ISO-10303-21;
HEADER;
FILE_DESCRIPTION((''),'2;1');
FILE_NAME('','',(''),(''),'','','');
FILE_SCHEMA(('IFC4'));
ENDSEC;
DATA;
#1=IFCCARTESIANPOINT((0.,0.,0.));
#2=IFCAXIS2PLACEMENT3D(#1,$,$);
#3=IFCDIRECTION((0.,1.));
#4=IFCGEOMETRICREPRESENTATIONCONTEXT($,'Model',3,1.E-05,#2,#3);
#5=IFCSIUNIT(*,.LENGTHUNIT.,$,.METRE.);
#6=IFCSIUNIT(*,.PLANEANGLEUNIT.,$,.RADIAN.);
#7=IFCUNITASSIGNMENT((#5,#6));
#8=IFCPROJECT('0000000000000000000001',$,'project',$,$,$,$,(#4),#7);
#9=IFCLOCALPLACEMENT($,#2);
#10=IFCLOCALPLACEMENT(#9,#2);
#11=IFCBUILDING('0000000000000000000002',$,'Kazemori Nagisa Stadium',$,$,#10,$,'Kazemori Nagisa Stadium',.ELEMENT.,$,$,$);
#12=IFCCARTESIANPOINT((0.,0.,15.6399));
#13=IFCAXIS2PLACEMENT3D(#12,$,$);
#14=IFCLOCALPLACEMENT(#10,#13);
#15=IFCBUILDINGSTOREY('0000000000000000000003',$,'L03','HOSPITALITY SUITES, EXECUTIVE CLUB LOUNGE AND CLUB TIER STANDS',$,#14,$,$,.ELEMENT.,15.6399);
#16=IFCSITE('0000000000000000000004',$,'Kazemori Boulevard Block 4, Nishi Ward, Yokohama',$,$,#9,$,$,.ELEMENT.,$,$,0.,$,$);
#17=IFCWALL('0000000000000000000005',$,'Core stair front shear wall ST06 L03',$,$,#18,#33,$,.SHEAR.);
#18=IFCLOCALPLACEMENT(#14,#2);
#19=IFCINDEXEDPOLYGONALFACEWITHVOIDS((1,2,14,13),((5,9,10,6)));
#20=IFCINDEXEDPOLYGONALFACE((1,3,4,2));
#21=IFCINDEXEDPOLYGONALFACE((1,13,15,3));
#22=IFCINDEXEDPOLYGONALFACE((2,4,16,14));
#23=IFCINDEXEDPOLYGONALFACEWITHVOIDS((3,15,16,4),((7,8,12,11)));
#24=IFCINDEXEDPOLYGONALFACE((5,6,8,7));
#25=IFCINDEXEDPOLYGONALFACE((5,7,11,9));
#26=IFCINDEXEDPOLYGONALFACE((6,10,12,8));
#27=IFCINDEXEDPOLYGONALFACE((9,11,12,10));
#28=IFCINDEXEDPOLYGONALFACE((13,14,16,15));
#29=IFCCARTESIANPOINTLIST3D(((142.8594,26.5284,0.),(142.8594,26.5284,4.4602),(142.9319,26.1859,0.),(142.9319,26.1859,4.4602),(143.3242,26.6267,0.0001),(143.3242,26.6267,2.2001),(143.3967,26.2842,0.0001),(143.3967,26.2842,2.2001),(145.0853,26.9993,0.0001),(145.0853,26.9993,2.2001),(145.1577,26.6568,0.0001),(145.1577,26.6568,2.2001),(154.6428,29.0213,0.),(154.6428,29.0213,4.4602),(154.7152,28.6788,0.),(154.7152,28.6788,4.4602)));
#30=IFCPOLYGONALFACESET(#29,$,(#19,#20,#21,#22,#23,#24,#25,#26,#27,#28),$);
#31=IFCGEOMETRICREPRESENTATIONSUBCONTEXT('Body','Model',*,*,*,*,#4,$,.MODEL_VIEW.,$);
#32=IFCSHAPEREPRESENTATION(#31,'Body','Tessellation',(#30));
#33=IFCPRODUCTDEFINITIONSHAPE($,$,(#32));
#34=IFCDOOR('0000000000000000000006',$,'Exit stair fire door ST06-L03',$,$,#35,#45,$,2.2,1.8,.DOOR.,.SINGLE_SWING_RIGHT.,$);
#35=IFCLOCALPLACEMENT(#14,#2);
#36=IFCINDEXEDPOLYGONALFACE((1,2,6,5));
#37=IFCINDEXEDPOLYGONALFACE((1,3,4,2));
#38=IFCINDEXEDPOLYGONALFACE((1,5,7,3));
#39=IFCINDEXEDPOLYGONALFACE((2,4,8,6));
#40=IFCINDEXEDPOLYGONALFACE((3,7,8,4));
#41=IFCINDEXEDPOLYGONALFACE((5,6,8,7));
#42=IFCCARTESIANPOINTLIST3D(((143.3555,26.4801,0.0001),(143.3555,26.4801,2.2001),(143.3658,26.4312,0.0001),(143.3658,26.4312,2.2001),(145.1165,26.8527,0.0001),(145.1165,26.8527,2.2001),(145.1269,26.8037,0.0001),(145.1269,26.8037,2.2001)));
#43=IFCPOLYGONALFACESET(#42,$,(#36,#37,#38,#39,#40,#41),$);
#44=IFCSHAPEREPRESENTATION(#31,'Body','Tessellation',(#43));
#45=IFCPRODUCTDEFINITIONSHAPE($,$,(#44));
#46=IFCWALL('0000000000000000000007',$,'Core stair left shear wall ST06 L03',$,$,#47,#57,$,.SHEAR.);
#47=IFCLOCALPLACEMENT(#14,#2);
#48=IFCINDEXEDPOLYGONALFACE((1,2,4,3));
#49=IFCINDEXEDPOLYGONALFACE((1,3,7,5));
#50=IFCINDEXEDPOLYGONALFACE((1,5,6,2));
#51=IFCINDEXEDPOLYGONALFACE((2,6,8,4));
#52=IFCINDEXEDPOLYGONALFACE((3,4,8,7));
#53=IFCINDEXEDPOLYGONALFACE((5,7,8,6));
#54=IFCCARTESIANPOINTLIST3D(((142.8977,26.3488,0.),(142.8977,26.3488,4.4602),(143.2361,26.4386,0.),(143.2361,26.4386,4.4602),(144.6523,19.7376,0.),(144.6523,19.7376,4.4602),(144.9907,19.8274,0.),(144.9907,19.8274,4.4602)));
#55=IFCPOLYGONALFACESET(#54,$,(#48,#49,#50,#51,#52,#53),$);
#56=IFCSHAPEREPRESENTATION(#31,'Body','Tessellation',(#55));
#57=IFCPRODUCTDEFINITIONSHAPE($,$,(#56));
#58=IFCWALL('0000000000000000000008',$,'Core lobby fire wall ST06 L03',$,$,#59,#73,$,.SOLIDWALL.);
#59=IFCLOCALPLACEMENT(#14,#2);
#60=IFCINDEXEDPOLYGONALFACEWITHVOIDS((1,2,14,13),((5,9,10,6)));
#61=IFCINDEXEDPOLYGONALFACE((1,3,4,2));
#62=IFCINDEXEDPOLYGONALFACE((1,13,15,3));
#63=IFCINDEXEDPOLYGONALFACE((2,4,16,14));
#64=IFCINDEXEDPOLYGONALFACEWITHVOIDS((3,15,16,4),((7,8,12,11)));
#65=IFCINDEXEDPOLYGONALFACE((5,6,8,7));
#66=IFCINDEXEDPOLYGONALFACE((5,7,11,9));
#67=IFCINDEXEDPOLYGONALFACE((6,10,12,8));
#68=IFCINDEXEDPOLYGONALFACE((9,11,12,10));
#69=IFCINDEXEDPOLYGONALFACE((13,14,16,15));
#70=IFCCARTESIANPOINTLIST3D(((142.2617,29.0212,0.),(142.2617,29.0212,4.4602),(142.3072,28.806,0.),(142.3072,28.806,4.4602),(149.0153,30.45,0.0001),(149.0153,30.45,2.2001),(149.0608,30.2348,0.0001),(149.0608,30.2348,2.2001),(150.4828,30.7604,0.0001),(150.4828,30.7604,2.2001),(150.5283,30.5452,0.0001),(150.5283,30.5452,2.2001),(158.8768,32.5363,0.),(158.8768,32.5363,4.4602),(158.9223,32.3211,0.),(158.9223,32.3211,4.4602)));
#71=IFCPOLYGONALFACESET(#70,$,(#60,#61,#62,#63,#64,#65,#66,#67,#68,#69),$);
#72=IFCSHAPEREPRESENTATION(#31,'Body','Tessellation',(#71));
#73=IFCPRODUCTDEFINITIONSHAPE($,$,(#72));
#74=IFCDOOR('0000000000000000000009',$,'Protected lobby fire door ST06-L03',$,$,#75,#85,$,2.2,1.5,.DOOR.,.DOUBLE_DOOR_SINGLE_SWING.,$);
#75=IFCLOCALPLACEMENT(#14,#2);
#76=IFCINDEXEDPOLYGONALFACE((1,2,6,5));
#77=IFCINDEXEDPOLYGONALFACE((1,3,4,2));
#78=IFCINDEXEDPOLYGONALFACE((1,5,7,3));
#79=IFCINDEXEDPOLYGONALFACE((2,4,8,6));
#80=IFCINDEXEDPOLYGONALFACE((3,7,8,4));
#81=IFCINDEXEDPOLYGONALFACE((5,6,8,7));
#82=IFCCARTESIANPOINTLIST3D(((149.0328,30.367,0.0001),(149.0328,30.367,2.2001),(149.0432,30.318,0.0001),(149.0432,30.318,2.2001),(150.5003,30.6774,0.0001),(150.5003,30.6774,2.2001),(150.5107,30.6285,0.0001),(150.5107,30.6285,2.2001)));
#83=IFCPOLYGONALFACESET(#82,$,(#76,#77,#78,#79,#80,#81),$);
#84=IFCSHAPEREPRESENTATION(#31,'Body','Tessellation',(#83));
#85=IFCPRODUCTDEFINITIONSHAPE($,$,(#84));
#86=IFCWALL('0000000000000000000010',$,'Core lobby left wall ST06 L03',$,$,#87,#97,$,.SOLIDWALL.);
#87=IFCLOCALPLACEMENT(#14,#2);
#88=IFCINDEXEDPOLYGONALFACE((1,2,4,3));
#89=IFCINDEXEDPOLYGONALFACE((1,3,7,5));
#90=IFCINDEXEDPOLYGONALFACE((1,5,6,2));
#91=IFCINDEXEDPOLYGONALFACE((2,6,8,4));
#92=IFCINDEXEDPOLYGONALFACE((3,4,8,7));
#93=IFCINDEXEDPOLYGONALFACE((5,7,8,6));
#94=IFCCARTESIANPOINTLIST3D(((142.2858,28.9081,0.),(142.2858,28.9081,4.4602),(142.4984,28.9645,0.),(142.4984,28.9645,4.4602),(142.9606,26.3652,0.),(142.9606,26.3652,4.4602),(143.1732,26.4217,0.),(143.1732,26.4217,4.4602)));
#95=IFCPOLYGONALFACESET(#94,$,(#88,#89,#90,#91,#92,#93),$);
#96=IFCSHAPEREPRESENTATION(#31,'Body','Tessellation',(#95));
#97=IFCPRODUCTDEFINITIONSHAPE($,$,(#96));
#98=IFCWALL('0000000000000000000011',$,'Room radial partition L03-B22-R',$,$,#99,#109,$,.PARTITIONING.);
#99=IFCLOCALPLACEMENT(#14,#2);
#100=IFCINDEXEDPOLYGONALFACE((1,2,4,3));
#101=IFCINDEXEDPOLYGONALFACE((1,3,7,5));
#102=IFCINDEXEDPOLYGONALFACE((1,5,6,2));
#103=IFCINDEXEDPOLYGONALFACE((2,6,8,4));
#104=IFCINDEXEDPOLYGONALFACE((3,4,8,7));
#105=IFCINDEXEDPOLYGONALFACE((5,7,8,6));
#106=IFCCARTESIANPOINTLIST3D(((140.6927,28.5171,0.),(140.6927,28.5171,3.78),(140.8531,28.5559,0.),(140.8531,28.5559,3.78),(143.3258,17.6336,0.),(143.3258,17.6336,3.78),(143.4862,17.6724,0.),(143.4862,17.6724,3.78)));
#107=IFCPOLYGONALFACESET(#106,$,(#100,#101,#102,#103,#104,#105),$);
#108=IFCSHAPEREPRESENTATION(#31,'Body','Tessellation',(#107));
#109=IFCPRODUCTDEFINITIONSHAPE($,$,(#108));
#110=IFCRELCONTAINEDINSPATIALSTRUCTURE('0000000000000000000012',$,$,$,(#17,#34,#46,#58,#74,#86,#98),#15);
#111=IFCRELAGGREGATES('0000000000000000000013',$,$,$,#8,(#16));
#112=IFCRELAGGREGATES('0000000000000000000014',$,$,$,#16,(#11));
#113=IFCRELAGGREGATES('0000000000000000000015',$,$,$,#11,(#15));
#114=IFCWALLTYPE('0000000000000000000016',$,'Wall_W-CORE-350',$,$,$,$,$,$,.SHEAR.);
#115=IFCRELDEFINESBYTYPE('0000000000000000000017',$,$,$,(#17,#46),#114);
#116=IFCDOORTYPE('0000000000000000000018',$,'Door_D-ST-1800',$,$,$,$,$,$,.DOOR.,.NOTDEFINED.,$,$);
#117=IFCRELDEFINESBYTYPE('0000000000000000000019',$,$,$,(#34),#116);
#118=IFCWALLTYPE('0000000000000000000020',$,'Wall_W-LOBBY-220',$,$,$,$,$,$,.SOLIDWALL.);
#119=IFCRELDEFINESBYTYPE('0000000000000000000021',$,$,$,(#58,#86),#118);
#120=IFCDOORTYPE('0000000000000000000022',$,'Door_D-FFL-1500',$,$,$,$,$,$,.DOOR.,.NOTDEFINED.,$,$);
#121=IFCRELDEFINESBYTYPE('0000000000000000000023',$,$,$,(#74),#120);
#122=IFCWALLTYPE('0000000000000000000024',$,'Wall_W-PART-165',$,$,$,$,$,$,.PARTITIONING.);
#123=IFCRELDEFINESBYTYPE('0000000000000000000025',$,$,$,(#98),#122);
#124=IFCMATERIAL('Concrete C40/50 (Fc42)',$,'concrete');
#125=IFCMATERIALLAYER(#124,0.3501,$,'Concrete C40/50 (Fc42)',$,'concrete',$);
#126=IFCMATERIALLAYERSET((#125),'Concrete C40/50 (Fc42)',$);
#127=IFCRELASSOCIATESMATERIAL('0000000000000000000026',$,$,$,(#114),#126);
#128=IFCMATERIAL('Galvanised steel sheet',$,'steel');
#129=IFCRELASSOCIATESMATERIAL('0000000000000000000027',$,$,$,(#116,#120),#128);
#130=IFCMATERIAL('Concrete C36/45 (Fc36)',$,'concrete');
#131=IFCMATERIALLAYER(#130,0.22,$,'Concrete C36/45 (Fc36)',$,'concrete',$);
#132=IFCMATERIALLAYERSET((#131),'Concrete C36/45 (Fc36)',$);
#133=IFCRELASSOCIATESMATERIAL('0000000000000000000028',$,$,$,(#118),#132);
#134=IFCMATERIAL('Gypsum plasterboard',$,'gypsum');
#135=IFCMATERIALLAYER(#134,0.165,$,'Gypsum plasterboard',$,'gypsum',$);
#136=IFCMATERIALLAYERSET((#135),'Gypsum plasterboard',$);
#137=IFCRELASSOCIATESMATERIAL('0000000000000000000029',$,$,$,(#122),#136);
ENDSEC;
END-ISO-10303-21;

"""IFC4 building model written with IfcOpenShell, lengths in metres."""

from ifc_helpers import new_model, si_unit, direction, frame, frame_2d, origin, place, context, subcontext, project, spatial, rectangle, extrude, material, layer, layer_set, type_object, element, fill, save


model = new_model("IFC4")

# Units and contexts
model_context = context("Model", 3, precision=1e-05, world=origin(), true_north=direction((0.0, 1.0)))
body_context = subcontext(model_context, "Body", "Model", "MODEL_VIEW")
ifc_project = project(units=[si_unit("LENGTHUNIT", "METRE"), si_unit("PLANEANGLEUNIT", "RADIAN")], contexts=[model_context])

# Site, building, storey
site_placement = place(None, origin())
site = spatial("IfcSite", under=ifc_project, at=site_placement, Name="Kazemori Boulevard Block 4, Nishi Ward, Yokohama", CompositionType="ELEMENT", RefElevation=0.0)
building_placement = place(site_placement, origin())
building = spatial("IfcBuilding", under=site, at=building_placement, Name="Kazemori Nagisa Stadium", LongName="Kazemori Nagisa Stadium", CompositionType="ELEMENT")
storey_placement = place(building_placement, frame((0.0, 0.0, 15.6399)))
storey = spatial("IfcBuildingStorey", under=building, at=storey_placement, Name="L03", Description="HOSPITALITY SUITES, EXECUTIVE CLUB LOUNGE AND CLUB TIER STANDS", CompositionType="ELEMENT", Elevation=15.6399)

# Shared definitions
ifc_material_1 = material(Name="Concrete C40/50 (Fc42)", Category="concrete")

# Wall, opening, door
ifc_layer_1 = layer(ifc_material_1, 0.3501, Name="Concrete C40/50 (Fc42)", Category="concrete")
ifc_layer_set_1 = layer_set([ifc_layer_1], Name="Concrete C40/50 (Fc42)")
wall_type_1 = type_object("IfcWallType", Name="Wall_W-CORE-350", PredefinedType="SHEAR", material=ifc_layer_set_1)
wall_1_placement = place(storey_placement, frame((142.8958, 26.3572, 0.0), z_axis=(0.0, 0.0, 1.0), x_axis=(0.978345, 0.20698, 0.0)))
wall_1 = element("IfcWall", 1, at=wall_1_placement, inside=storey, type_object=wall_type_1, Name="Core stair front shear wall ST06 L03", PredefinedType="SHEAR", context=body_context, shape_type="SweptSolid", body=[
    extrude(rectangle(XDim=12.0442, YDim=0.3501, at=frame_2d((6.022, 0.0))), origin(), (0.0, 0.0, 1.0), 4.4602),
])
opening_1_placement = place(wall_1_placement, frame((0.4751, 0.0, 0.0)))
opening_1 = element("IfcOpeningElement", 2, at=opening_1_placement, cuts=wall_1, PredefinedType="OPENING", context=body_context, shape_type="SweptSolid", body=[
    extrude(rectangle(XDim=1.8, YDim=2.2, at=frame_2d((0.8999, 1.1001))), frame((0.0, 0.1851, 0.0), z_axis=(0.0, -1.0, 0.0), x_axis=(1.0, 0.0, 0.0)), (0.0, 0.0, 1.0), 0.3701),
])
ifc_material_2 = material(Name="Galvanised steel sheet", Category="steel")
door_type_1 = type_object("IfcDoorType", Name="Door_D-ST-1800", OperationType="NOTDEFINED", PredefinedType="DOOR", material=ifc_material_2)
door_1_placement = place(opening_1_placement, frame((1.8, 0.0, 0.0), z_axis=(0.0, 0.0, 1.0), x_axis=(-1.0, 0.0, 0.0)))
door_1 = element("IfcDoor", 3, at=door_1_placement, inside=storey, type_object=door_type_1, Name="Exit stair fire door ST06-L03", OperationType="SINGLE_SWING_RIGHT", OverallHeight=2.2, OverallWidth=1.8, PredefinedType="DOOR", context=body_context, shape_type="SweptSolid", body=[
    extrude(rectangle(XDim=1.8, YDim=2.2, at=frame_2d((0.8999, 1.1001))), frame((0.0, 0.0249, 0.0), z_axis=(0.0, -1.0, 0.0), x_axis=(1.0, 0.0, 0.0)), (0.0, 0.0, 1.0), 0.05),
])
fill(opening_1, door_1)

# Wall
wall_2_placement = place(storey_placement, frame((143.0669, 26.3936, 0.0), z_axis=(0.0, 0.0, 1.0), x_axis=(0.256518, -0.966539, 0.0)))
element("IfcWall", 4, at=wall_2_placement, inside=storey, type_object=wall_type_1, Name="Core stair left shear wall ST06 L03", PredefinedType="SHEAR", context=body_context, shape_type="SweptSolid", body=[
    extrude(rectangle(XDim=6.8401, YDim=0.3501, at=frame_2d((3.4199, 0.0))), origin(), (0.0, 0.0, 1.0), 4.4602),
])

# Wall, opening, door
ifc_material_3 = material(Name="Concrete C36/45 (Fc36)", Category="concrete")
ifc_layer_2 = layer(ifc_material_3, 0.22, Name="Concrete C36/45 (Fc36)", Category="concrete")
ifc_layer_set_2 = layer_set([ifc_layer_2], Name="Concrete C36/45 (Fc36)")
wall_type_2 = type_object("IfcWallType", Name="Wall_W-LOBBY-220", PredefinedType="SOLIDWALL", material=ifc_layer_set_2)
wall_3_placement = place(storey_placement, frame((142.2844, 28.9136, 0.0), z_axis=(0.0, 0.0, 1.0), x_axis=(0.978345, 0.20698, 0.0)))
wall_3 = element("IfcWall", 5, at=wall_3_placement, inside=storey, type_object=wall_type_2, Name="Core lobby fire wall ST06 L03", PredefinedType="SOLIDWALL", context=body_context, shape_type="SweptSolid", body=[
    extrude(rectangle(XDim=16.9829, YDim=0.22, at=frame_2d((8.4915, 0.0))), origin(), (0.0, 0.0, 1.0), 4.4602),
])
opening_2_placement = place(wall_3_placement, frame((6.9031, 0.0, 0.0)))
opening_2 = element("IfcOpeningElement", 6, at=opening_2_placement, cuts=wall_3, PredefinedType="OPENING", context=body_context, shape_type="SweptSolid", body=[
    extrude(rectangle(XDim=1.5, YDim=2.2, at=frame_2d((0.75, 1.1001))), frame((0.0, 0.1199, 0.0), z_axis=(0.0, -1.0, 0.0), x_axis=(1.0, 0.0, 0.0)), (0.0, 0.0, 1.0), 0.24),
])
door_type_2 = type_object("IfcDoorType", Name="Door_D-FFL-1500", OperationType="NOTDEFINED", PredefinedType="DOOR", material=ifc_material_2)
door_2_placement = place(opening_2_placement, frame((1.5, 0.0, 0.0), z_axis=(0.0, 0.0, 1.0), x_axis=(-1.0, 0.0, 0.0)))
door_2 = element("IfcDoor", 7, at=door_2_placement, inside=storey, type_object=door_type_2, Name="Protected lobby fire door ST06-L03", OperationType="DOUBLE_DOOR_SINGLE_SWING", OverallHeight=2.2, OverallWidth=1.5, PredefinedType="DOOR", context=body_context, shape_type="SweptSolid", body=[
    extrude(rectangle(XDim=1.5, YDim=2.2, at=frame_2d((0.75, 1.1001))), frame((0.0, 0.0249, 0.0), z_axis=(0.0, -1.0, 0.0), x_axis=(1.0, 0.0, 0.0)), (0.0, 0.0, 1.0), 0.05),
])
fill(opening_2, door_2)

# Walls
wall_4_placement = place(storey_placement, frame((142.3921, 28.9363, 0.0), z_axis=(0.0, 0.0, 1.0), x_axis=(0.256507, -0.966542, 0.0)))
element("IfcWall", 8, at=wall_4_placement, inside=storey, type_object=wall_type_2, Name="Core lobby left wall ST06 L03", PredefinedType="SOLIDWALL", context=body_context, shape_type="SweptSolid", body=[
    extrude(rectangle(XDim=2.6309, YDim=0.22, at=frame_2d((1.3154, 0.0))), origin(), (0.0, 0.0, 1.0), 4.4602),
])
ifc_material_4 = material(Name="Gypsum plasterboard", Category="gypsum")
ifc_layer_3 = layer(ifc_material_4, 0.165, Name="Gypsum plasterboard", Category="gypsum")
ifc_layer_set_3 = layer_set([ifc_layer_3], Name="Gypsum plasterboard")
wall_type_3 = type_object("IfcWallType", Name="Wall_W-PART-165", PredefinedType="PARTITIONING", material=ifc_layer_set_3)
wall_5_placement = place(storey_placement, frame((140.7729, 28.5364, 0.0), z_axis=(0.0, 0.0, 1.0), x_axis=(0.235146, -0.97196, 0.0)))
element("IfcWall", 9, at=wall_5_placement, inside=storey, type_object=wall_type_3, Name="Room radial partition L03-B22-R", PredefinedType="PARTITIONING", context=body_context, shape_type="SweptSolid", body=[
    extrude(rectangle(XDim=11.1975, YDim=0.165, at=frame_2d((5.5986, 0.0))), origin(), (0.0, 0.0, 1.0), 3.78),
])

save(model, "model.ifc")
